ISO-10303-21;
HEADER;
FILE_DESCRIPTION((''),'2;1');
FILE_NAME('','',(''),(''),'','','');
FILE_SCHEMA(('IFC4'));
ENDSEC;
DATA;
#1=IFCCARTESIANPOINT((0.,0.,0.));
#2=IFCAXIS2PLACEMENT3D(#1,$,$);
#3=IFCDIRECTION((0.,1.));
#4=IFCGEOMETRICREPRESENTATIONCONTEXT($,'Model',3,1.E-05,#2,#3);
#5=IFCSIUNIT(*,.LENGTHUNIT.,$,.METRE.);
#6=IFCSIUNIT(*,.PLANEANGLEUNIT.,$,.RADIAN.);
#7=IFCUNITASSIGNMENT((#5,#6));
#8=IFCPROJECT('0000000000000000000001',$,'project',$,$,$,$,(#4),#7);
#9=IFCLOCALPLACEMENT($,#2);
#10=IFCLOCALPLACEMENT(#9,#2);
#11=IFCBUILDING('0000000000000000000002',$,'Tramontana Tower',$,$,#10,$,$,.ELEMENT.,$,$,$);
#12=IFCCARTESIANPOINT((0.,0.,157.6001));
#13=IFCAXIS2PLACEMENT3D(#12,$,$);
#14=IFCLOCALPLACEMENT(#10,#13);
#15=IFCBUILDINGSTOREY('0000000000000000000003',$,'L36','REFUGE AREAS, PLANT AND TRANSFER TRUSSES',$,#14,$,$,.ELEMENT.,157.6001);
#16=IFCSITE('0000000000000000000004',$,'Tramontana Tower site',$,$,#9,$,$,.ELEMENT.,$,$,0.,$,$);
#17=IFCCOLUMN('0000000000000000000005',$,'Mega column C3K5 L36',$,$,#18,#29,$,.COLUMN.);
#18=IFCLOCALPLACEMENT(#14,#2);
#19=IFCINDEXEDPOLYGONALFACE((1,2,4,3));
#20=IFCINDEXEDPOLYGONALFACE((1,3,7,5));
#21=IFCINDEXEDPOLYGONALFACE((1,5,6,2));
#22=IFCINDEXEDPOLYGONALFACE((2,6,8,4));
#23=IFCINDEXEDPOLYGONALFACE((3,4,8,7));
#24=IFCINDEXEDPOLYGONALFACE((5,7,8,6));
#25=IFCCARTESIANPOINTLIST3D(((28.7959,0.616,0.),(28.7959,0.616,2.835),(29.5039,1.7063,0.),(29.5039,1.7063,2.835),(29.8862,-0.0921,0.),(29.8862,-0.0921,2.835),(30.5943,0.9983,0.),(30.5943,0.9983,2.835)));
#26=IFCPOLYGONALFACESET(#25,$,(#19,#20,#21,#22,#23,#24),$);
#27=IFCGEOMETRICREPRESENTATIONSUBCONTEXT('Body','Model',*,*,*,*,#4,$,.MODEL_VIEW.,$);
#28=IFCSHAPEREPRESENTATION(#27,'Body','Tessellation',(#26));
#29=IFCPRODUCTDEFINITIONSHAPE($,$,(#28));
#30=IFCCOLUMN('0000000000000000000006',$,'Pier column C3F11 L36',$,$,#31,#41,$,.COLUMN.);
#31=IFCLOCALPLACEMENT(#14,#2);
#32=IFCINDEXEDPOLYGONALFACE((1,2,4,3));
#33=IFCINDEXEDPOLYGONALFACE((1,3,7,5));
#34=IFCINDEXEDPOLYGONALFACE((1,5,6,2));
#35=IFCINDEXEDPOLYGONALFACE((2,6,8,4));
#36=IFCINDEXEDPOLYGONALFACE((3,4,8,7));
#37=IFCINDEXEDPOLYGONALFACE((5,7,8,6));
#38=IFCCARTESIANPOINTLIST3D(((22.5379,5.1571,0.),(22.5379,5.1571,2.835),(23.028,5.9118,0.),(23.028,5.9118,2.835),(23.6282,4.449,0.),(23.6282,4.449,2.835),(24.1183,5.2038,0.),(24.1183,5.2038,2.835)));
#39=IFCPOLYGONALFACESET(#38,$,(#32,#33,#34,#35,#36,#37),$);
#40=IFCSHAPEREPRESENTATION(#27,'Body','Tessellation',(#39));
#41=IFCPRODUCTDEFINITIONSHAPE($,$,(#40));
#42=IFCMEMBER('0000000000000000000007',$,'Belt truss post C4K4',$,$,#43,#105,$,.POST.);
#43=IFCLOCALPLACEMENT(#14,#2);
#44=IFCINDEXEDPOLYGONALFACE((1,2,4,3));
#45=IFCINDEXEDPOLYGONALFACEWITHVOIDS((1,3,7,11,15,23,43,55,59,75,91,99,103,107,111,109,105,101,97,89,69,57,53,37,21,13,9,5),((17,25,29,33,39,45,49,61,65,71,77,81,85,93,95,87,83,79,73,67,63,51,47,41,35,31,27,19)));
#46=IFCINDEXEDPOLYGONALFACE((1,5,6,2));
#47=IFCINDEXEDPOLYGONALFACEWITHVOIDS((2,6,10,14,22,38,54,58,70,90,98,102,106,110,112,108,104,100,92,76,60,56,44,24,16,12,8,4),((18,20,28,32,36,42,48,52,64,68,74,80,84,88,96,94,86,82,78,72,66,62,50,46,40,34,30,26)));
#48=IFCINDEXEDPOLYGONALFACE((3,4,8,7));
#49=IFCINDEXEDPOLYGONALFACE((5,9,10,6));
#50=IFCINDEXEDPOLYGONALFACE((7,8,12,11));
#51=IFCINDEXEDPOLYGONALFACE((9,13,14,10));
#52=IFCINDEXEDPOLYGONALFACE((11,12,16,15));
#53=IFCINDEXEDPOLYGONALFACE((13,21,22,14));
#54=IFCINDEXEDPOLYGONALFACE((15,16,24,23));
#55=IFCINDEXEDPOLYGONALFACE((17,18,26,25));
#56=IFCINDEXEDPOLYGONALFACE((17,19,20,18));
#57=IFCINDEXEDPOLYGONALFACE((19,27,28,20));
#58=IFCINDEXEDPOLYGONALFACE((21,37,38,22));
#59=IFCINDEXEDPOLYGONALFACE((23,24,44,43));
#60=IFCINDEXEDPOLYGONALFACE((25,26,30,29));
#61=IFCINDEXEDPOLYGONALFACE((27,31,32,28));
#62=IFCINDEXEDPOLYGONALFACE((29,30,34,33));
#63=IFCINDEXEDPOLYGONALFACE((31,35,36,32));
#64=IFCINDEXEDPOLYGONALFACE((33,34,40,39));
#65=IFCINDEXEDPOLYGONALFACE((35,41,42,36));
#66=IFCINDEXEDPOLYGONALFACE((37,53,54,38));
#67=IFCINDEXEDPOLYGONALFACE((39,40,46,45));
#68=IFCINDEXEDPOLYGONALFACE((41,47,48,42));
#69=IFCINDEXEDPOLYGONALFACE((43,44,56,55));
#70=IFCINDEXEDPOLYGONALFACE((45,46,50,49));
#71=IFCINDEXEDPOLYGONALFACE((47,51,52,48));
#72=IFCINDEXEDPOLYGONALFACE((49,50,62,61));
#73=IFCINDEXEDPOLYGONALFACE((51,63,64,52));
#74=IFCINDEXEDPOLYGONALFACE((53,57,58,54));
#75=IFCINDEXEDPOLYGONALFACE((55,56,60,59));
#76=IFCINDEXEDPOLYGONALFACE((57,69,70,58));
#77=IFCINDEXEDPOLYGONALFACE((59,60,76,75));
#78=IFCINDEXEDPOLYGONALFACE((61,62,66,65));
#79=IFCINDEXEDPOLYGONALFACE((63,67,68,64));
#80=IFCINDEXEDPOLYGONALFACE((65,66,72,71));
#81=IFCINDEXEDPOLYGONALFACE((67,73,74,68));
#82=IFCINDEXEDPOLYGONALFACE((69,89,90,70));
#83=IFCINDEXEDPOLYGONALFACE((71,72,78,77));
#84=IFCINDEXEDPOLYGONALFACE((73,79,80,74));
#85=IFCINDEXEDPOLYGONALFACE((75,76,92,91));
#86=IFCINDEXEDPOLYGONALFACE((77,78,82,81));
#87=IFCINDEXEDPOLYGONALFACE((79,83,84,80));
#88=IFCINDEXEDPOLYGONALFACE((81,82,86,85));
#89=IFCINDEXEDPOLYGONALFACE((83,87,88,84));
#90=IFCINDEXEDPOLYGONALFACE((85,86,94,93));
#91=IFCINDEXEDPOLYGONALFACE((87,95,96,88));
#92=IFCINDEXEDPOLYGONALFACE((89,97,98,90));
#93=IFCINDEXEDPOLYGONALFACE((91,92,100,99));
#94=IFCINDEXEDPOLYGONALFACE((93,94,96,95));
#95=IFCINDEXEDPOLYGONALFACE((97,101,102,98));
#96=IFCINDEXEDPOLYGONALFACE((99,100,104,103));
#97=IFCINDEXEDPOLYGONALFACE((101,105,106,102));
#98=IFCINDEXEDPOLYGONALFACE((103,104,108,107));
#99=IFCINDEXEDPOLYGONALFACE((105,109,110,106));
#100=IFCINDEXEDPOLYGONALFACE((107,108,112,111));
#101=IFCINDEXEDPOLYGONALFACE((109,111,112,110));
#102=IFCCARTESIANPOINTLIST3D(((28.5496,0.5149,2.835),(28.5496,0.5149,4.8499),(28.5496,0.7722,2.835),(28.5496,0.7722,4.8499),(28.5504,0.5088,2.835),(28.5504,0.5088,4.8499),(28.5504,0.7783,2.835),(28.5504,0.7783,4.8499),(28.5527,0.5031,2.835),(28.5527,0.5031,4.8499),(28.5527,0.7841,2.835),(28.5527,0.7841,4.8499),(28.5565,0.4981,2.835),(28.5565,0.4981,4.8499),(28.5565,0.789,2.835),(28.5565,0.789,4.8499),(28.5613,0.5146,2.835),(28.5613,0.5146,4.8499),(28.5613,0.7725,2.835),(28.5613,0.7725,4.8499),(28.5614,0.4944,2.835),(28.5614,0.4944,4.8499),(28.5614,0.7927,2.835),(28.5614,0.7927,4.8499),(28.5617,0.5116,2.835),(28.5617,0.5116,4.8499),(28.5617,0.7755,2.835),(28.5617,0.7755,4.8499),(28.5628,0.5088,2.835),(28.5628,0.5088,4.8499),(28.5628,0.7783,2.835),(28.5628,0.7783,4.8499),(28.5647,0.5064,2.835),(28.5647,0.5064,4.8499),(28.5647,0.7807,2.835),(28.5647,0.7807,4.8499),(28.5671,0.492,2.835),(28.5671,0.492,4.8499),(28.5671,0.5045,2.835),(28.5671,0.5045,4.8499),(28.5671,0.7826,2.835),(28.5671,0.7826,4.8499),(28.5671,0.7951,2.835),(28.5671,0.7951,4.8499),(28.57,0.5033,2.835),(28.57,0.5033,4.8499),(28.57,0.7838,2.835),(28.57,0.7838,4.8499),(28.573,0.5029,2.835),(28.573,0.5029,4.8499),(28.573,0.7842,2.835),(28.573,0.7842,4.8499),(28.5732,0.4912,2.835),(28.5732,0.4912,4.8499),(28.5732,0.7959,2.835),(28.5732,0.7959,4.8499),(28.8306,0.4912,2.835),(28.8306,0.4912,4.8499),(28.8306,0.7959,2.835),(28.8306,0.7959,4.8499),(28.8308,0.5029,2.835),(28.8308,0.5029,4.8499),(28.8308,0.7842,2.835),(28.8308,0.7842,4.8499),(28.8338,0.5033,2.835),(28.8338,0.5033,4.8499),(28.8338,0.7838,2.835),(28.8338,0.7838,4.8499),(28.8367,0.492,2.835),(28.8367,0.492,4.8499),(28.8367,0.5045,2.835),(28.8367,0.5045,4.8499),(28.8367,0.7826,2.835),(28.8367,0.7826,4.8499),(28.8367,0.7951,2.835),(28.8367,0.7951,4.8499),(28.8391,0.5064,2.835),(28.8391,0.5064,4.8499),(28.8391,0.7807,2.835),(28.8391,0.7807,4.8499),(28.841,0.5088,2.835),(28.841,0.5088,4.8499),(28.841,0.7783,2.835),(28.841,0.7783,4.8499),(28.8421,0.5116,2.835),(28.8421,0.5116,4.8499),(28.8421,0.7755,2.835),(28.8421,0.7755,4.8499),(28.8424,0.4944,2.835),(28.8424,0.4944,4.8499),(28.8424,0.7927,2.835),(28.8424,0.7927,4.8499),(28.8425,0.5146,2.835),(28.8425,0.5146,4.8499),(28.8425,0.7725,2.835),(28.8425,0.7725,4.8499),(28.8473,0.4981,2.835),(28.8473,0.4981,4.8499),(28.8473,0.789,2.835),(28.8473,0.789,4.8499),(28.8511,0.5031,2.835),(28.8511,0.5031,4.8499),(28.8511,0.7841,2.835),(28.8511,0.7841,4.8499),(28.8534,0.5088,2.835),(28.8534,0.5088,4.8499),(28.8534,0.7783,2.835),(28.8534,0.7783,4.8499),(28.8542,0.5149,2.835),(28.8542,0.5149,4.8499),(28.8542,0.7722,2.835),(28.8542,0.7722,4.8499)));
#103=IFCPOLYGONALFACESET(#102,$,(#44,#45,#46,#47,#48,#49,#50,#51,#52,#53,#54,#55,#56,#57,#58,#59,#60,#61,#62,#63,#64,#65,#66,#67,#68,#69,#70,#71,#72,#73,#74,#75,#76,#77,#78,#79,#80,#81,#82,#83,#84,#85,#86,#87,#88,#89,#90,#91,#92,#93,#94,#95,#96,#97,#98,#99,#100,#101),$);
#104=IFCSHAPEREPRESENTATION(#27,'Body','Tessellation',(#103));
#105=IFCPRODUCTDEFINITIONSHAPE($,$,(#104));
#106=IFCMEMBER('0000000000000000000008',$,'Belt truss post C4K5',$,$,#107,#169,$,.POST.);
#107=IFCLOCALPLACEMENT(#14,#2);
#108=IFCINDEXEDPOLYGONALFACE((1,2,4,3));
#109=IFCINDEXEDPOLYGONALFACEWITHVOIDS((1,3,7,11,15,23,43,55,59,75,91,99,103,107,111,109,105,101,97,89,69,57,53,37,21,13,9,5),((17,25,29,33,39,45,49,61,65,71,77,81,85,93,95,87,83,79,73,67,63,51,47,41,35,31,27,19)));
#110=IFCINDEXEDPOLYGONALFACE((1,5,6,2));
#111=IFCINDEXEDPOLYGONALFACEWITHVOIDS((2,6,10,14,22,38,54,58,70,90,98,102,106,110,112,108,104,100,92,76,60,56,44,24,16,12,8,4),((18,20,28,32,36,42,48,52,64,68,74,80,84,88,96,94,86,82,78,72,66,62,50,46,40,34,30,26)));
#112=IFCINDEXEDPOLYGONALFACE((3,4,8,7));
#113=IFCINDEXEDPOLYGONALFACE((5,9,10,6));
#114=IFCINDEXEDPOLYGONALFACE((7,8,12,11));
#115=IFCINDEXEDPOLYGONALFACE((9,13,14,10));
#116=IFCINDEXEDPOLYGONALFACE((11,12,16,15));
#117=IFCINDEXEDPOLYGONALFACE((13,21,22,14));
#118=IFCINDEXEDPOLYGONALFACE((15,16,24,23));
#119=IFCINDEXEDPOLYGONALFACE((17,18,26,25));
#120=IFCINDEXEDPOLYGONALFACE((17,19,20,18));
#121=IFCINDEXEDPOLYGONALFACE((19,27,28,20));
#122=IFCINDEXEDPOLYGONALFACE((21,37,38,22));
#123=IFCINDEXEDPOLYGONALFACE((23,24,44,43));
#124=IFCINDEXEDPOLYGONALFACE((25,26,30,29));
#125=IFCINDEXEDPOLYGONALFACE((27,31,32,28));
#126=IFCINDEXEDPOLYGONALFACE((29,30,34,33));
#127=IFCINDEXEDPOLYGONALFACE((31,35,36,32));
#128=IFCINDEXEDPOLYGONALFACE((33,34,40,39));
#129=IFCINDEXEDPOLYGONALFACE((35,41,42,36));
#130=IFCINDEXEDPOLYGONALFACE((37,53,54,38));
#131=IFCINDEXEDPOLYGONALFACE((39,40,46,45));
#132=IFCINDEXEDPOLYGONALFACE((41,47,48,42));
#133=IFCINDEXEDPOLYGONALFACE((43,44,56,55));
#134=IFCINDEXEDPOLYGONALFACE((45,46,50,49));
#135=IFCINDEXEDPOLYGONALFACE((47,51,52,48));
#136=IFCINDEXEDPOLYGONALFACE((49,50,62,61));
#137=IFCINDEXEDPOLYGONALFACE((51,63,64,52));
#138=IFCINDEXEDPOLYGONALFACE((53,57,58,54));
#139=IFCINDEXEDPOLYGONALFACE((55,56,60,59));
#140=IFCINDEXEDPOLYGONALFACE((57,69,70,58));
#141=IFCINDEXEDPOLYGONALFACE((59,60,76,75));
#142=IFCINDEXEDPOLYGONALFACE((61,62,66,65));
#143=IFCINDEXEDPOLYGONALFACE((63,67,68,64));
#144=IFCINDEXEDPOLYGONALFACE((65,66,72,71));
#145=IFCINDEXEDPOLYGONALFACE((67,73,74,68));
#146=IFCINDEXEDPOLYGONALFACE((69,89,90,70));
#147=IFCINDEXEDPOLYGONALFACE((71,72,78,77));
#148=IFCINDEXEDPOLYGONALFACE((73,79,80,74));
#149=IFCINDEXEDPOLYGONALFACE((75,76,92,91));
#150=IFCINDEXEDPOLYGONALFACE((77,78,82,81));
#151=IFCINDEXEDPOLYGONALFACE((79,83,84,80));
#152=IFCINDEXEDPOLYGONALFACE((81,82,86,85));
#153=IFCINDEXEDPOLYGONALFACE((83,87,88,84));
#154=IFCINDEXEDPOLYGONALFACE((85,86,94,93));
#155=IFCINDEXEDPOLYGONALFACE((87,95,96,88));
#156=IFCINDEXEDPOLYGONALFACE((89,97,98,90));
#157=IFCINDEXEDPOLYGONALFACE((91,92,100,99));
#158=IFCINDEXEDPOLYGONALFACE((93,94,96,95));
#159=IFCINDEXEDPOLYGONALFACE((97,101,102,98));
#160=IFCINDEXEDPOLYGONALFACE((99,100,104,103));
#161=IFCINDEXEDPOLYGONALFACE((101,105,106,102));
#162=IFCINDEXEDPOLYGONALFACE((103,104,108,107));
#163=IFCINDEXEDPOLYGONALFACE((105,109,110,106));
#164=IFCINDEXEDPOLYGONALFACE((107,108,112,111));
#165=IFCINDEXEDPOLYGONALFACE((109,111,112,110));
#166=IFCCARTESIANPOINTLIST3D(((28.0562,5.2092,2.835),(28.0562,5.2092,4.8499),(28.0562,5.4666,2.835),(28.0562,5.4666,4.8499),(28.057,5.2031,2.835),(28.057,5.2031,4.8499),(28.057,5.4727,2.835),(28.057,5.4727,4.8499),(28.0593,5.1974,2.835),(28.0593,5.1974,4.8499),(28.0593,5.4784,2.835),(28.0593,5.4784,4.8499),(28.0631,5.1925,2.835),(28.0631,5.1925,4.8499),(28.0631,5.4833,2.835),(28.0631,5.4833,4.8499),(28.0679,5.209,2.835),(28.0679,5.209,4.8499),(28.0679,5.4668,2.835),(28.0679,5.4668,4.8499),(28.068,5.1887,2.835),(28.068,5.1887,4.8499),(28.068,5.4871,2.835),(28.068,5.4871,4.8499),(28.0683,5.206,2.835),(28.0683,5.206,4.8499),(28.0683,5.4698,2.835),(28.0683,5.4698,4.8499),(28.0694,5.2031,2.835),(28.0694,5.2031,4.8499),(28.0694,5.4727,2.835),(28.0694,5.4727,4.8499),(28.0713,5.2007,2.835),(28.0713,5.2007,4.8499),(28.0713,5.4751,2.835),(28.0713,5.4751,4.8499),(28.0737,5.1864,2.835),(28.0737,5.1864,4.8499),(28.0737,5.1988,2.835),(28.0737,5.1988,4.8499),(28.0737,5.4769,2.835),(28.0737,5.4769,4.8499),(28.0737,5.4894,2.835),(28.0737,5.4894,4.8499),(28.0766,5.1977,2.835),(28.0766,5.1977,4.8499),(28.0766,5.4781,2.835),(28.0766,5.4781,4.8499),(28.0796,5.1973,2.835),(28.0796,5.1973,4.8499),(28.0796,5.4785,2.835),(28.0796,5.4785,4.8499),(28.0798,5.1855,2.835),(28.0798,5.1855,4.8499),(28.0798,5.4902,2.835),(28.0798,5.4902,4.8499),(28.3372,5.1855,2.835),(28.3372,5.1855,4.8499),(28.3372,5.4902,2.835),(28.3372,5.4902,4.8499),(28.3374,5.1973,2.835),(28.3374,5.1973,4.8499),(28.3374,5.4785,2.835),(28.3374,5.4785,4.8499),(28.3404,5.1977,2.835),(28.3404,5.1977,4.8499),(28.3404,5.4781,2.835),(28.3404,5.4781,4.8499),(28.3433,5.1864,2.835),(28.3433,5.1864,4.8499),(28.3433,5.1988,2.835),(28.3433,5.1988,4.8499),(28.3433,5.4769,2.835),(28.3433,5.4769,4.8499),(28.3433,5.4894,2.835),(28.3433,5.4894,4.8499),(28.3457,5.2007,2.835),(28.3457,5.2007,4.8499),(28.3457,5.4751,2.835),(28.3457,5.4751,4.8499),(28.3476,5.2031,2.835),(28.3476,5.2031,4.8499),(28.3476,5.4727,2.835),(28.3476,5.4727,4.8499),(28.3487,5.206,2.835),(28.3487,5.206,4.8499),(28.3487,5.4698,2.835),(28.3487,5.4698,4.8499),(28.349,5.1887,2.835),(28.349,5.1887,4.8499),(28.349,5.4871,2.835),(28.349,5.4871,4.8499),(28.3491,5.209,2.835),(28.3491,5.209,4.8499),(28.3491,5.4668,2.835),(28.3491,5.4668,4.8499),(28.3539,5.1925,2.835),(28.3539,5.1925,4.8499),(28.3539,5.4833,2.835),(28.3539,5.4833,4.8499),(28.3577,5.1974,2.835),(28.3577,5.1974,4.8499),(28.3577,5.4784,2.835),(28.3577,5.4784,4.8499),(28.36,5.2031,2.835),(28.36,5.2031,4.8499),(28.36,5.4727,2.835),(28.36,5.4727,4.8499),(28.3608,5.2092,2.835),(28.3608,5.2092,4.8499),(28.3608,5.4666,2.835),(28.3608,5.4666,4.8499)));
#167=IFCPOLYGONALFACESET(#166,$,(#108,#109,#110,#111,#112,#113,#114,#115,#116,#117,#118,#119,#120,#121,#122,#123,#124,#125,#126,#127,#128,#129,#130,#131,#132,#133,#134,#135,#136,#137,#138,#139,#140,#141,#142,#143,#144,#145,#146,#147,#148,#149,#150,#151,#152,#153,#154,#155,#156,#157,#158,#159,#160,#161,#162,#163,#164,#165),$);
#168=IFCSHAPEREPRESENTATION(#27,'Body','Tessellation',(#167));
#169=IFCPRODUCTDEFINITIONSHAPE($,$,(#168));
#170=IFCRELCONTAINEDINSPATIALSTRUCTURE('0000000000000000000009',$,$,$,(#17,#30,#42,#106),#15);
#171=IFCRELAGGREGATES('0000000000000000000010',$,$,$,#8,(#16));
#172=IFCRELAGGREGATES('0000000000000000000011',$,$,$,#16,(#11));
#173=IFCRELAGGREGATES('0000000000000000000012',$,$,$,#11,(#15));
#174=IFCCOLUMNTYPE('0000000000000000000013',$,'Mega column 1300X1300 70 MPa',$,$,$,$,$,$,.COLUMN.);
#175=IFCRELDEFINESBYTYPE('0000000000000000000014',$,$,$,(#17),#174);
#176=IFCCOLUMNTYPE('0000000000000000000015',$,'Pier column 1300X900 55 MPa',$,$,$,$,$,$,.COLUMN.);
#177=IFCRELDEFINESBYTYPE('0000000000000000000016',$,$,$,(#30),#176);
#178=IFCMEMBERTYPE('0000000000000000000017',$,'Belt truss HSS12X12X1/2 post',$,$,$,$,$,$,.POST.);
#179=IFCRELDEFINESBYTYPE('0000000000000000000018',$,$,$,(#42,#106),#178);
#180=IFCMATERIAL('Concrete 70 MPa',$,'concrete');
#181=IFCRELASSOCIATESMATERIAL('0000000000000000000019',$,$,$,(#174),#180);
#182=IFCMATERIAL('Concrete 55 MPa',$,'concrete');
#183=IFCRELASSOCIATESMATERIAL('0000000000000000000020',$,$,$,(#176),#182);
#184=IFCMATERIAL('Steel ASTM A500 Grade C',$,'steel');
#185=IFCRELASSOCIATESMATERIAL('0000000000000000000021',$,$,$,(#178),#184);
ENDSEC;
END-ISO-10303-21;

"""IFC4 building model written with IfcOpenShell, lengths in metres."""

from ifc_helpers import new_model, si_unit, direction, frame, origin, origin_2d, place, context, subcontext, project, spatial, rectangle, hollow_rectangle, extrude, material, material_profile, profile_set, type_object, element, save


model = new_model("IFC4")

# Units and contexts
model_context = context("Model", 3, precision=1e-05, world=origin(), true_north=direction((0.0, 1.0)))
body_context = subcontext(model_context, "Body", "Model", "MODEL_VIEW")
ifc_project = project(units=[si_unit("LENGTHUNIT", "METRE"), si_unit("PLANEANGLEUNIT", "RADIAN")], contexts=[model_context])

# Site, building, storey
site_placement = place(None, origin())
site = spatial("IfcSite", under=ifc_project, at=site_placement, Name="Tramontana Tower site", CompositionType="ELEMENT", RefElevation=0.0)
building_placement = place(site_placement, origin())
building = spatial("IfcBuilding", under=site, at=building_placement, Name="Tramontana Tower", CompositionType="ELEMENT")
storey_placement = place(building_placement, frame((0.0, 0.0, 157.6001)))
storey = spatial("IfcBuildingStorey", under=building, at=storey_placement, Name="L36", Description="REFUGE AREAS, PLANT AND TRANSFER TRUSSES", CompositionType="ELEMENT", Elevation=157.6001)

# Columns
ifc_material_1 = material(Name="Concrete 70 MPa", Category="concrete")
ifc_material_profile_1 = material_profile(ifc_material_1, rectangle(XDim=1.3, YDim=1.3, at=origin_2d()), Name="Mega column 1300X1300 70 MPa")
ifc_profile_set_1 = profile_set([ifc_material_profile_1], Name="Concrete 70 MPa")
column_type_1 = type_object("IfcColumnType", Name="Mega column 1300X1300 70 MPa", PredefinedType="COLUMN", material=ifc_profile_set_1)
column_1_placement = place(storey_placement, frame((29.6951, 0.8071, 0.0), z_axis=(0.0, 0.0, 1.0), x_axis=(-0.838671, 0.544639, 0.0)))
element("IfcColumn", 1, at=column_1_placement, inside=storey, type_object=column_type_1, Name="Mega column C3K5 L36", PredefinedType="COLUMN", context=body_context, shape_type="SweptSolid", body=[
    extrude(rectangle(XDim=1.3, YDim=1.3, at=origin_2d()), origin(), (0.0, 0.0, 1.0), 2.835),
])
ifc_material_2 = material(Name="Concrete 55 MPa", Category="concrete")
ifc_material_profile_2 = material_profile(ifc_material_2, rectangle(XDim=1.3, YDim=0.8999, at=origin_2d()), Name="Pier column 1300X900 55 MPa")
ifc_profile_set_2 = profile_set([ifc_material_profile_2], Name="Concrete 55 MPa")
column_type_2 = type_object("IfcColumnType", Name="Pier column 1300X900 55 MPa", PredefinedType="COLUMN", material=ifc_profile_set_2)
column_2_placement = place(storey_placement, frame((23.3281, 5.1804, 0.0), z_axis=(0.0, 0.0, 1.0), x_axis=(-0.838671, 0.544639, 0.0)))
element("IfcColumn", 2, at=column_2_placement, inside=storey, type_object=column_type_2, Name="Pier column C3F11 L36", PredefinedType="COLUMN", context=body_context, shape_type="SweptSolid", body=[
    extrude(rectangle(XDim=1.3, YDim=0.8999, at=origin_2d()), origin(), (0.0, 0.0, 1.0), 2.835),
])

# Members
ifc_material_3 = material(Name="Steel ASTM A500 Grade C", Category="steel")
ifc_material_profile_3 = material_profile(ifc_material_3, hollow_rectangle(XDim=0.3047, YDim=0.3047, WallThickness=0.0117, InnerFilletRadius=0.0117, OuterFilletRadius=0.0237, at=origin_2d()), Name="HSS12X12X1/2")
ifc_profile_set_3 = profile_set([ifc_material_profile_3], Name="Steel ASTM A500 Grade C")
member_type_1 = type_object("IfcMemberType", Name="Belt truss HSS12X12X1/2 post", PredefinedType="POST", material=ifc_profile_set_3)
for number, where, z_axis, x_axis, name in (
    (3, (28.7019, 0.6436, 2.835), (0.0, 0.0, 1.0), (1.0, 0.0, 0.0), "Belt truss post C4K4"),
    (4, (28.2085, 5.3379, 2.835), (0.0, 0.0, 1.0), (1.0, 0.0, 0.0), "Belt truss post C4K5"),
):
    element("IfcMember", number, at=place(storey_placement, frame(where, z_axis=z_axis, x_axis=x_axis)), inside=storey, type_object=member_type_1, Name=name, PredefinedType="POST", context=body_context, shape_type="SweptSolid", body=[
        extrude(hollow_rectangle(XDim=0.3047, YDim=0.3047, WallThickness=0.0117, InnerFilletRadius=0.0117, OuterFilletRadius=0.0237, at=origin_2d()), origin(), (0.0, 0.0, 1.0), 2.0149),
    ])

save(model, "model.ifc")
